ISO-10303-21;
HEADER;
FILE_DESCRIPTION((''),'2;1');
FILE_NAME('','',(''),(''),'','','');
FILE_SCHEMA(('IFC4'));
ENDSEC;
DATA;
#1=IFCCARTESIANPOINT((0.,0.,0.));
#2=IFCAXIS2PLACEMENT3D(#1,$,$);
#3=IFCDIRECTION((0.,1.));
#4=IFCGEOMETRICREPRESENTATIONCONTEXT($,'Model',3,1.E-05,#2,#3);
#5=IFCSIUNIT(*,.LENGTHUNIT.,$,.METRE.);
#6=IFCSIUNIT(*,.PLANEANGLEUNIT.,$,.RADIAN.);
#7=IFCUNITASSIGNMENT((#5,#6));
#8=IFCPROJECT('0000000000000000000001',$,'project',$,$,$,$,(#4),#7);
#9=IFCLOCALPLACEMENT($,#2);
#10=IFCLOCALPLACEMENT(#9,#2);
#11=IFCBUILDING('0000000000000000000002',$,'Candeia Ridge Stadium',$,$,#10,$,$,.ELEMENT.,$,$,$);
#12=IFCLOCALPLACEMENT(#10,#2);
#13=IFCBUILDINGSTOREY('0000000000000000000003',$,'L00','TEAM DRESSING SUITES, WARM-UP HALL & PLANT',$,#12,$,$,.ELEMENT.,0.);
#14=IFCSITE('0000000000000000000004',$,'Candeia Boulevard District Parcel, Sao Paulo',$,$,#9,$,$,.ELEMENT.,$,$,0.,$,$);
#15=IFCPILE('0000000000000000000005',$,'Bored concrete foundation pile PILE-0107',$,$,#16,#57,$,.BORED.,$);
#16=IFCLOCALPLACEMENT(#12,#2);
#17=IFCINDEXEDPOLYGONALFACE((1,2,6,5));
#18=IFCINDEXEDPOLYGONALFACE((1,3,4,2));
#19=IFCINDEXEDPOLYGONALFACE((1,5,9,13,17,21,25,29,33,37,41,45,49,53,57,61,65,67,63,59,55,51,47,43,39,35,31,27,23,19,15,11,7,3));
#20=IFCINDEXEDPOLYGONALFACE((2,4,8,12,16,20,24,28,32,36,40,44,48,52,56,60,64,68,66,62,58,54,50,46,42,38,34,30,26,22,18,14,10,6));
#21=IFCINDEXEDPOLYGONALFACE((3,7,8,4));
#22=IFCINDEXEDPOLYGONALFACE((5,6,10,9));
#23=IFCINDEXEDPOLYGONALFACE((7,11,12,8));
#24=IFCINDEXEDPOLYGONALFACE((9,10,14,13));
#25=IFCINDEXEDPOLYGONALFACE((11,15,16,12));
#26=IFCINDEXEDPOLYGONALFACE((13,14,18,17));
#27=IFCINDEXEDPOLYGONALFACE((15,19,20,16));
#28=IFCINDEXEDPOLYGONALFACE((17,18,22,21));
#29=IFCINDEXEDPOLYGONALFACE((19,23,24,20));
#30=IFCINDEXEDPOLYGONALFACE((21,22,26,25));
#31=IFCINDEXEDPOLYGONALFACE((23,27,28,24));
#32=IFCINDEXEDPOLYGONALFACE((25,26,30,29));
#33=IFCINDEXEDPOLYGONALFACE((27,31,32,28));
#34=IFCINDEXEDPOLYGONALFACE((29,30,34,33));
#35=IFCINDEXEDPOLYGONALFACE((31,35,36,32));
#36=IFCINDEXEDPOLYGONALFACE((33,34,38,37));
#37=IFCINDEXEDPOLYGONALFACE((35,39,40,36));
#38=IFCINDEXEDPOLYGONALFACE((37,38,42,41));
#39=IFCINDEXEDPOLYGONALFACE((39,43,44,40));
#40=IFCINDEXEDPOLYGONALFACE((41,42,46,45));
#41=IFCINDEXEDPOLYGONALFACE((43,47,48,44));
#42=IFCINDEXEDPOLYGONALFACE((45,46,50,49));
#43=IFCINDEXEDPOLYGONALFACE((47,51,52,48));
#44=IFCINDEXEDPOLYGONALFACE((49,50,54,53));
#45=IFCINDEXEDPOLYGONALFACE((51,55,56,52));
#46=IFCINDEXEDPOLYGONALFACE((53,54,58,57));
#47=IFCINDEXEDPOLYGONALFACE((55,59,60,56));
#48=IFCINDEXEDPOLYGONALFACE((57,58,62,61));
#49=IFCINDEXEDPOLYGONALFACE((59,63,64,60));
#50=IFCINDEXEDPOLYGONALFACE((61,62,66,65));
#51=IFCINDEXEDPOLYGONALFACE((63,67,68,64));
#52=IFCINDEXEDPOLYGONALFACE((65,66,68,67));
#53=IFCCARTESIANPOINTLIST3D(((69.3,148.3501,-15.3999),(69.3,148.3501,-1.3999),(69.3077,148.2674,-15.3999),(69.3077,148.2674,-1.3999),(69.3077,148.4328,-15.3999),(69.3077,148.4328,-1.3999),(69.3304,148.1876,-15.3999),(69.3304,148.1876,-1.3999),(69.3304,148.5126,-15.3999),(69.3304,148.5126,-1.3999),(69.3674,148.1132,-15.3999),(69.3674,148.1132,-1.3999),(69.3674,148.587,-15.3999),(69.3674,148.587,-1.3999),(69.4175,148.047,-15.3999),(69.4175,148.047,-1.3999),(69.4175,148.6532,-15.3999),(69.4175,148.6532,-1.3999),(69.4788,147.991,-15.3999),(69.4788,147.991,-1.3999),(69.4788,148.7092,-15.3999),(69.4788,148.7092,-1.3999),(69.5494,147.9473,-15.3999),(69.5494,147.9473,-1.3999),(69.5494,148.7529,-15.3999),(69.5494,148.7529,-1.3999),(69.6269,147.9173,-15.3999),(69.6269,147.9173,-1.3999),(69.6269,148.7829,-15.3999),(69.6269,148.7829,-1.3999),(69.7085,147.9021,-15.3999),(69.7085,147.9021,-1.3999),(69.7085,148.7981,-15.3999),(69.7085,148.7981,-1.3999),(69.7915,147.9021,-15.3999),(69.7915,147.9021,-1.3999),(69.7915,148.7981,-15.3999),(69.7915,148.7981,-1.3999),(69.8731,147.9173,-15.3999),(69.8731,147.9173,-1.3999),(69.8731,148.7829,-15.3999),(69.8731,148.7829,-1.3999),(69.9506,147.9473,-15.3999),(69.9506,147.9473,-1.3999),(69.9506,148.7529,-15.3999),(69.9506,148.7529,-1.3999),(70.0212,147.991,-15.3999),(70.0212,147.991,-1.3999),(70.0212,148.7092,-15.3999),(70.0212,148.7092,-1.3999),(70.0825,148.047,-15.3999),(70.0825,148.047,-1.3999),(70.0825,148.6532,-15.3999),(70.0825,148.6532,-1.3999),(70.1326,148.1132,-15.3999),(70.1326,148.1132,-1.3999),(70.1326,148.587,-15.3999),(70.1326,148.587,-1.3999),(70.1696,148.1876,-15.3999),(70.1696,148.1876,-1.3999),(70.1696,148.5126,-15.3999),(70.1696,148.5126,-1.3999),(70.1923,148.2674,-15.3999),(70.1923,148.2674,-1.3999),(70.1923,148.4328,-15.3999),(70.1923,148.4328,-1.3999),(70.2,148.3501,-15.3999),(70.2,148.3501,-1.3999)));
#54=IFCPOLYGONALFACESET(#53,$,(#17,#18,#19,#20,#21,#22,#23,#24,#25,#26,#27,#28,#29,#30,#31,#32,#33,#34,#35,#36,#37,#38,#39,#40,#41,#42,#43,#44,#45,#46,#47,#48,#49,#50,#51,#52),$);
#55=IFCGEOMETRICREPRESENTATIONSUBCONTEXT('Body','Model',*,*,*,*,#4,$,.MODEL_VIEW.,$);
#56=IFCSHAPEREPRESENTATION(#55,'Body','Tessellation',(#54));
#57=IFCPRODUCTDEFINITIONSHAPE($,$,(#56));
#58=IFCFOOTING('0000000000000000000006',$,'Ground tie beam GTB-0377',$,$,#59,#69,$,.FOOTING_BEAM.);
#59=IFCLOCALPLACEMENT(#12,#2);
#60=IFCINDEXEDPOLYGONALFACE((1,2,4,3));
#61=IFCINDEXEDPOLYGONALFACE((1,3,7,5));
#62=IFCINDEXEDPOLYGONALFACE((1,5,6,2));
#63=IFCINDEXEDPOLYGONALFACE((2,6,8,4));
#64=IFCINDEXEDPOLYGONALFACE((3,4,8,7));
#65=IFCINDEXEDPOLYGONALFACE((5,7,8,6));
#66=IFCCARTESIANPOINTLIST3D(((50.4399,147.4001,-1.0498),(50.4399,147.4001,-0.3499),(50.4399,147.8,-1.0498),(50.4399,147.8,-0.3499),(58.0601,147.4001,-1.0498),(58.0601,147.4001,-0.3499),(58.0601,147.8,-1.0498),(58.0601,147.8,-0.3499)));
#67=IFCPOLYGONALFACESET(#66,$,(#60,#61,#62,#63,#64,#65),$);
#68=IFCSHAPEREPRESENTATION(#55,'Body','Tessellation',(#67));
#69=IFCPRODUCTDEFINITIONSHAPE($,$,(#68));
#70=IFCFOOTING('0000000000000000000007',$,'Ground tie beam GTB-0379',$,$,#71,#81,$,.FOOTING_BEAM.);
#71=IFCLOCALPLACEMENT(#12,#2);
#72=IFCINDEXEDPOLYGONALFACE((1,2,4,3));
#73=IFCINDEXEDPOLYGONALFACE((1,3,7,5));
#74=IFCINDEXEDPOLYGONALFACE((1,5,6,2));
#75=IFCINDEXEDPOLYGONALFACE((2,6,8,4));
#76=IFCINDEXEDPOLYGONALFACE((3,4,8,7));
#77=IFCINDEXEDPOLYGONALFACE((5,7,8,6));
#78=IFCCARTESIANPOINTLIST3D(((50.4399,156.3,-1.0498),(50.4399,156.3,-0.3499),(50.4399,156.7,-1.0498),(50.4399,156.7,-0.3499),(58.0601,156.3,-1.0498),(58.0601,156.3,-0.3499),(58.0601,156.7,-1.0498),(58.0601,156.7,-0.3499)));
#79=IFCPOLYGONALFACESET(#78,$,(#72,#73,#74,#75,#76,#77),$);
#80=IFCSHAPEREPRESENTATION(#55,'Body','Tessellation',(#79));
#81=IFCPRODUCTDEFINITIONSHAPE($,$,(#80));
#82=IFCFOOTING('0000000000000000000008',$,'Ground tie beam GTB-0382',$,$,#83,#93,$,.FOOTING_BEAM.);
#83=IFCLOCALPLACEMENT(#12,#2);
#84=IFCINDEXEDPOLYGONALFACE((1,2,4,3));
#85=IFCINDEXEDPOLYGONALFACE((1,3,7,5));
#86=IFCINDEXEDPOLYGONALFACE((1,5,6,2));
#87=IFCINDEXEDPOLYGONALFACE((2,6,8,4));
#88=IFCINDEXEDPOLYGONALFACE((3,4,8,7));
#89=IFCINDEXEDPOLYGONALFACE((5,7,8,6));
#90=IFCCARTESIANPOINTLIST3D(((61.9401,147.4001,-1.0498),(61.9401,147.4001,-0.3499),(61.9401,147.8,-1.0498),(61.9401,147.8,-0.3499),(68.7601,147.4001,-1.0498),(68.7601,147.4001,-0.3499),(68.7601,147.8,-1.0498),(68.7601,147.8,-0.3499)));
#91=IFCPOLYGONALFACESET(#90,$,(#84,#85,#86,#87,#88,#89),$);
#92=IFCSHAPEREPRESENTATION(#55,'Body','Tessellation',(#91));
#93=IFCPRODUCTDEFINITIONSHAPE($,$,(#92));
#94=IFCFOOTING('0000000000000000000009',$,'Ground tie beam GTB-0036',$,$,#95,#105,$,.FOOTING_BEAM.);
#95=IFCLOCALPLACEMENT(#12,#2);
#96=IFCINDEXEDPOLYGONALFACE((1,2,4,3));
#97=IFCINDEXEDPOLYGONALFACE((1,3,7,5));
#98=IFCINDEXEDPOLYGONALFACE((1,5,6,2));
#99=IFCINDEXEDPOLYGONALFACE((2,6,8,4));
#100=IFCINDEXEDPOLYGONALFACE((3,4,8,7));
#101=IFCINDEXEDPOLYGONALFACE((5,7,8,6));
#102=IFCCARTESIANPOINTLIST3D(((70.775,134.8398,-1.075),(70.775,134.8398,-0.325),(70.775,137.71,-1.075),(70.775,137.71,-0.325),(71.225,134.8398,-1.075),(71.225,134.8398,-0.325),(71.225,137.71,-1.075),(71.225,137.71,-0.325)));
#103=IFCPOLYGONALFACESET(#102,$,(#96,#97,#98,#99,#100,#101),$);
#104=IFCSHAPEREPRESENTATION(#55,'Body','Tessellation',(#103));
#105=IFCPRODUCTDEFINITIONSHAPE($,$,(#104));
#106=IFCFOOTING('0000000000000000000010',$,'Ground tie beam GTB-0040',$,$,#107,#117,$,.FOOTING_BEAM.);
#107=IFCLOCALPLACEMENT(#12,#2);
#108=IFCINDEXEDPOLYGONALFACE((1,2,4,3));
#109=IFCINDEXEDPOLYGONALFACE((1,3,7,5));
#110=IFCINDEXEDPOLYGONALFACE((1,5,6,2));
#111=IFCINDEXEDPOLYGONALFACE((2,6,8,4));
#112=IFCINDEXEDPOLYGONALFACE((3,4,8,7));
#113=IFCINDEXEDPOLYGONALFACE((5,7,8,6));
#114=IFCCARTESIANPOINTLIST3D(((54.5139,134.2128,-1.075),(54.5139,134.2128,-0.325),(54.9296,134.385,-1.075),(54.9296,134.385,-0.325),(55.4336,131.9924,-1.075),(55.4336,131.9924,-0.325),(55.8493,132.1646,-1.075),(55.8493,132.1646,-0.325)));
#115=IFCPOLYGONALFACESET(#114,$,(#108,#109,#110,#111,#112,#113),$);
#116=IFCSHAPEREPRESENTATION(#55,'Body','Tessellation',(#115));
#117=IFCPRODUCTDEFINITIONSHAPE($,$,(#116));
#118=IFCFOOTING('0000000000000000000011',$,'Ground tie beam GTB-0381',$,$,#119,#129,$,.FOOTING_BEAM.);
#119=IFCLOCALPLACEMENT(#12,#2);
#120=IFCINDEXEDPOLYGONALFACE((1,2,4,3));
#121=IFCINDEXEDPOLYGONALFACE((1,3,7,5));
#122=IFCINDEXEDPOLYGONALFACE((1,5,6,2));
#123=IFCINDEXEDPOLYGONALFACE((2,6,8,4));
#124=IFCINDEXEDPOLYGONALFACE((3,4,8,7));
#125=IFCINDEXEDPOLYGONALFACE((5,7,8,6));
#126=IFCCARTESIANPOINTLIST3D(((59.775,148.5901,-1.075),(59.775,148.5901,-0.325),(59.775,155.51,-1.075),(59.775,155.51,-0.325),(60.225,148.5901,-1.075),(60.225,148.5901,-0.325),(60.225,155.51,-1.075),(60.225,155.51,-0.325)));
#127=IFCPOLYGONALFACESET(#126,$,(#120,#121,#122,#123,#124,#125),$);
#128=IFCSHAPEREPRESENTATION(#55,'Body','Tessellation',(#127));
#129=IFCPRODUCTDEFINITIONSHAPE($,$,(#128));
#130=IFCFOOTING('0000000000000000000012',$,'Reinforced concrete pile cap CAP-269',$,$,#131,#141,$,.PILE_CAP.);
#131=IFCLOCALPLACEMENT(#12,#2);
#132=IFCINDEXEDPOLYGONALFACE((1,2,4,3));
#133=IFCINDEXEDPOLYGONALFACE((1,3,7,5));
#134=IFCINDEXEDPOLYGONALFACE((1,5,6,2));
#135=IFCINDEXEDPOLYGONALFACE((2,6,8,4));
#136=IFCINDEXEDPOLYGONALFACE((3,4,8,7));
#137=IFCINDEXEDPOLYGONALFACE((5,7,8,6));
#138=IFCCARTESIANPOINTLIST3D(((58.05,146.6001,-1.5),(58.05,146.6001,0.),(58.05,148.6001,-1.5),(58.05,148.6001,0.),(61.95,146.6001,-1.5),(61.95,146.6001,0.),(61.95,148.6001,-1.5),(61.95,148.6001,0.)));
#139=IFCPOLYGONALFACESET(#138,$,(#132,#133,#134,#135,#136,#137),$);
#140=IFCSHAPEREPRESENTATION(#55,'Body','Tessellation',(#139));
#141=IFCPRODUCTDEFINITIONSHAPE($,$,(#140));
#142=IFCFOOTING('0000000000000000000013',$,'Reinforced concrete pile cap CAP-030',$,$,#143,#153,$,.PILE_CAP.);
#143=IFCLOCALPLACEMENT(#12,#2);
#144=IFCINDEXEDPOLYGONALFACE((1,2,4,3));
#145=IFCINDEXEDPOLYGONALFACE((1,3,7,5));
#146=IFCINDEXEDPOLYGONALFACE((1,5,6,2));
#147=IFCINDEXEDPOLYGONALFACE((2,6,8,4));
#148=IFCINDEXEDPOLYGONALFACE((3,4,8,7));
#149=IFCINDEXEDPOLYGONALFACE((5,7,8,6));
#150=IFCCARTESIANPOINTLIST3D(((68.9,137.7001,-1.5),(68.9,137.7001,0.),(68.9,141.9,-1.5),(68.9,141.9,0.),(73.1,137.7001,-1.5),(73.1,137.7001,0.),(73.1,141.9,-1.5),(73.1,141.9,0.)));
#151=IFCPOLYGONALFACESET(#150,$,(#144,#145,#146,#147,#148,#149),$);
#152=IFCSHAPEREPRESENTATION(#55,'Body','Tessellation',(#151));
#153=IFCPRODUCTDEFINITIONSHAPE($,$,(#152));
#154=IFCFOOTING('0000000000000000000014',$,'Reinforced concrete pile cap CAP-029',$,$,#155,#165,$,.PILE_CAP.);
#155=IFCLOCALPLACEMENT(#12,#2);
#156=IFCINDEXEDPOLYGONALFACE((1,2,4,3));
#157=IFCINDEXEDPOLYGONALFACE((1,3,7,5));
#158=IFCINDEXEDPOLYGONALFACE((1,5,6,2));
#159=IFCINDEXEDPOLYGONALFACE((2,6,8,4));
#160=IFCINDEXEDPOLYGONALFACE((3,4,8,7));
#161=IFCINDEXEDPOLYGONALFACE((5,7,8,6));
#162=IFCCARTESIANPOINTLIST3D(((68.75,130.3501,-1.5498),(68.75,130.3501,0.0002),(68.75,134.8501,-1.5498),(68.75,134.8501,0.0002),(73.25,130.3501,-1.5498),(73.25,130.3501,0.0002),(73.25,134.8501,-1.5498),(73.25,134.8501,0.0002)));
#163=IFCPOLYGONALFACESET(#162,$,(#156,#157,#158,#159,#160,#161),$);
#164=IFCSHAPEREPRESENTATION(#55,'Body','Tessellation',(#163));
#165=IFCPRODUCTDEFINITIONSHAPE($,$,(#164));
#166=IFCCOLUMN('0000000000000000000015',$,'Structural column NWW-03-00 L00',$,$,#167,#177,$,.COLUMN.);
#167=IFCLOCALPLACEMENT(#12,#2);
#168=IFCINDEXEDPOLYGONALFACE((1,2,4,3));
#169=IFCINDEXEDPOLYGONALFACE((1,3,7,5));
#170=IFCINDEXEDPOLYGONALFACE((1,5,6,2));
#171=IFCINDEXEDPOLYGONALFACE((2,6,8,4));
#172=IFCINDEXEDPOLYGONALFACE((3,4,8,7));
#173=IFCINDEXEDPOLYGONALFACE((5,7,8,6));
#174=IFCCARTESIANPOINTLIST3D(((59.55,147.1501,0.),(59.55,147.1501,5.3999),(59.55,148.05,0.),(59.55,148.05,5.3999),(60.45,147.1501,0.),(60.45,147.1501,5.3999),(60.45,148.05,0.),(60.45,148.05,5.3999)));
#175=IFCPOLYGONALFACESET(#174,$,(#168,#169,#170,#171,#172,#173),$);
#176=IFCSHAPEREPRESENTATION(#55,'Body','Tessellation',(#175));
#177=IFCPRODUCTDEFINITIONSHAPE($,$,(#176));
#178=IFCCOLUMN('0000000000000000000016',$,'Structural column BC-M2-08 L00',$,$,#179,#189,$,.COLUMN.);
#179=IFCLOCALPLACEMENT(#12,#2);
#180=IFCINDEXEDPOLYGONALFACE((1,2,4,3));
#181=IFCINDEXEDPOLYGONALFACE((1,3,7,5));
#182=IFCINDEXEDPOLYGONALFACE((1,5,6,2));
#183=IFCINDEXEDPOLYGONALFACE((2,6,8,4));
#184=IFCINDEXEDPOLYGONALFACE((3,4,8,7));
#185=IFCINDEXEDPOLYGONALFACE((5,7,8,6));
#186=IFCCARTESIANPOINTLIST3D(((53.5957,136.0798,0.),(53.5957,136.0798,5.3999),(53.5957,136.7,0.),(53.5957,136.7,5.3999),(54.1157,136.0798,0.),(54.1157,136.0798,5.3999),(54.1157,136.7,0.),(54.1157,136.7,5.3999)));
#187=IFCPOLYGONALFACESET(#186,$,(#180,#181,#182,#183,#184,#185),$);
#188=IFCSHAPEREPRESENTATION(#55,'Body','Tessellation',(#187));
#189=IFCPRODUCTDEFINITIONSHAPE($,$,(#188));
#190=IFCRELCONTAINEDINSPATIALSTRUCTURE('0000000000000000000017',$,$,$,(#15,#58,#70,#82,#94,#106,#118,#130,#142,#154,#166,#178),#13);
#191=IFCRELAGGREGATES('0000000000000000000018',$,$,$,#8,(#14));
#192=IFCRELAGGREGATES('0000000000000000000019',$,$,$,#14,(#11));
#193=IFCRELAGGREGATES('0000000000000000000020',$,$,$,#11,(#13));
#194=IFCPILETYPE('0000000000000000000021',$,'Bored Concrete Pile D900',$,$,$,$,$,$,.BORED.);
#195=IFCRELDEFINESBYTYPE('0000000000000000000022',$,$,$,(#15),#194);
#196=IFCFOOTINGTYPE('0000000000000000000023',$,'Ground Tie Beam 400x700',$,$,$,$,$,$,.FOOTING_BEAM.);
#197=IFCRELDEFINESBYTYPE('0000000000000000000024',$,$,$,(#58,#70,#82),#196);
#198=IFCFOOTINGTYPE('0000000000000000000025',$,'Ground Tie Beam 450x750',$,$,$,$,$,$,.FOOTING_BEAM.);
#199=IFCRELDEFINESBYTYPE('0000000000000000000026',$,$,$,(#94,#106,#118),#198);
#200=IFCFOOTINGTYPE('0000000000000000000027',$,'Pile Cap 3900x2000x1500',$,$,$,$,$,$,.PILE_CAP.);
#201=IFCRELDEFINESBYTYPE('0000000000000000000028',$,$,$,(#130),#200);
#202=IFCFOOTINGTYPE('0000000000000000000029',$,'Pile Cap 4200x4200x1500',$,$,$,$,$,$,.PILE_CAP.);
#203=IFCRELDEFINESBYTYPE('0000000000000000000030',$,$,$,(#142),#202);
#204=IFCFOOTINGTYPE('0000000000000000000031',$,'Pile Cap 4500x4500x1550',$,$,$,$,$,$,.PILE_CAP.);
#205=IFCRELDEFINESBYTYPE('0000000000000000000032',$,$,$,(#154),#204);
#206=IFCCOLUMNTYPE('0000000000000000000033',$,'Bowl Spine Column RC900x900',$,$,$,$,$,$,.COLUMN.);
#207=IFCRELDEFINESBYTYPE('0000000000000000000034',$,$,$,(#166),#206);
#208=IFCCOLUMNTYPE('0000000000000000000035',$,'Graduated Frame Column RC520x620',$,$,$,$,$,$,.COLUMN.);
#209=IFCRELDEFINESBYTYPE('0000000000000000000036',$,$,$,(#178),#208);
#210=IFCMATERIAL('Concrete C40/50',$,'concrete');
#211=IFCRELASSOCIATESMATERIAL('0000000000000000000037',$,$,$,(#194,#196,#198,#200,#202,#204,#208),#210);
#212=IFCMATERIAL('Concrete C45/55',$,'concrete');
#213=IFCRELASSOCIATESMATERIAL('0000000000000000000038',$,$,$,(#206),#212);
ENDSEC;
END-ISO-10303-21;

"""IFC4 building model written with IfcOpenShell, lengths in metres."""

from ifc_helpers import new_model, si_unit, direction, frame, origin, origin_2d, place, context, subcontext, project, spatial, rectangle, circle, extrude, material, material_profile, profile_set, type_object, element, save


model = new_model("IFC4")

# Units and contexts
model_context = context("Model", 3, precision=1e-05, world=origin(), true_north=direction((0.0, 1.0)))
body_context = subcontext(model_context, "Body", "Model", "MODEL_VIEW")
ifc_project = project(units=[si_unit("LENGTHUNIT", "METRE"), si_unit("PLANEANGLEUNIT", "RADIAN")], contexts=[model_context])

# Site, building, storey
site_placement = place(None, origin())
site = spatial("IfcSite", under=ifc_project, at=site_placement, Name="Candeia Boulevard District Parcel, Sao Paulo", CompositionType="ELEMENT", RefElevation=0.0)
building_placement = place(site_placement, origin())
building = spatial("IfcBuilding", under=site, at=building_placement, Name="Candeia Ridge Stadium", CompositionType="ELEMENT")
storey_placement = place(building_placement, origin())
storey = spatial("IfcBuildingStorey", under=building, at=storey_placement, Name="L00", Description="TEAM DRESSING SUITES, WARM-UP HALL & PLANT", CompositionType="ELEMENT", Elevation=0.0)

# Pile
ifc_material_1 = material(Name="Concrete C40/50", Category="concrete")
ifc_material_profile_1 = material_profile(ifc_material_1, circle(Radius=0.45, at=origin_2d()), Name="PILE-D900", Category="concrete")
ifc_profile_set_1 = profile_set([ifc_material_profile_1], Name="Concrete C40/50")
pile_type_1 = type_object("IfcPileType", Name="Bored Concrete Pile D900", PredefinedType="BORED", material=ifc_profile_set_1)
for number, where, z_axis, x_axis, name in (
    (1, (69.75, 148.3501, -1.3999), (0.0, 0.0, -1.0), (1.0, 0.0, 0.0), "Bored concrete foundation pile PILE-0107"),
):
    element("IfcPile", number, at=place(storey_placement, frame(where, z_axis=z_axis, x_axis=x_axis)), inside=storey, type_object=pile_type_1, Name=name, PredefinedType="BORED", context=body_context, shape_type="SweptSolid", body=[
        extrude(circle(Radius=0.45, at=origin_2d()), origin(), (0.0, 0.0, 1.0), 14.0),
    ])

# Footings
footing_type_1 = type_object("IfcFootingType", Name="Ground Tie Beam 400x700", PredefinedType="FOOTING_BEAM", material=ifc_material_1)
for number, where, z_axis, x_axis, name in (
    (2, (54.25, 147.6001, -1.0498), (0.0, 0.0, 1.0), (1.0, 0.0, 0.0), "Ground tie beam GTB-0377"),
    (3, (54.25, 156.5, -1.0498), (0.0, 0.0, 1.0), (1.0, 0.0, 0.0), "Ground tie beam GTB-0379"),
):
    element("IfcFooting", number, at=place(storey_placement, frame(where, z_axis=z_axis, x_axis=x_axis)), inside=storey, type_object=footing_type_1, Name=name, PredefinedType="FOOTING_BEAM", context=body_context, shape_type="SweptSolid", body=[
        extrude(rectangle(XDim=7.6201, YDim=0.3999, at=origin_2d()), origin(), (0.0, 0.0, 1.0), 0.7),
    ])
footing_1_placement = place(storey_placement, frame((65.3501, 147.6001, -1.0498), z_axis=(0.0, 0.0, 1.0), x_axis=(1.0, 0.0, 0.0)))
element("IfcFooting", 4, at=footing_1_placement, inside=storey, type_object=footing_type_1, Name="Ground tie beam GTB-0382", PredefinedType="FOOTING_BEAM", context=body_context, shape_type="SweptSolid", body=[
    extrude(rectangle(XDim=6.8201, YDim=0.3999, at=origin_2d()), origin(), (0.0, 0.0, 1.0), 0.7),
])
footing_type_2 = type_object("IfcFootingType", Name="Ground Tie Beam 450x750", PredefinedType="FOOTING_BEAM", material=ifc_material_1)
footing_2_placement = place(storey_placement, frame((71.0, 136.2749, -1.075), z_axis=(0.0, 0.0, 1.0), x_axis=(0.0, 1.0, 0.0)))
element("IfcFooting", 5, at=footing_2_placement, inside=storey, type_object=footing_type_2, Name="Ground tie beam GTB-0036", PredefinedType="FOOTING_BEAM", context=body_context, shape_type="SweptSolid", body=[
    extrude(rectangle(XDim=2.8701, YDim=0.45, at=origin_2d()), origin(), (0.0, 0.0, 1.0), 0.75),
])
footing_3_placement = place(storey_placement, frame((55.1816, 133.1887, -1.075), z_axis=(0.0, 0.0, 1.0), x_axis=(-0.382676, 0.923882, 0.0)))
element("IfcFooting", 6, at=footing_3_placement, inside=storey, type_object=footing_type_2, Name="Ground tie beam GTB-0040", PredefinedType="FOOTING_BEAM", context=body_context, shape_type="SweptSolid", body=[
    extrude(rectangle(XDim=2.4033, YDim=0.45, at=origin_2d()), origin(), (0.0, 0.0, 1.0), 0.75),
])
footing_4_placement = place(storey_placement, frame((60.0, 152.05, -1.075), z_axis=(0.0, 0.0, 1.0), x_axis=(0.0, 1.0, 0.0)))
element("IfcFooting", 7, at=footing_4_placement, inside=storey, type_object=footing_type_2, Name="Ground tie beam GTB-0381", PredefinedType="FOOTING_BEAM", context=body_context, shape_type="SweptSolid", body=[
    extrude(rectangle(XDim=6.9199, YDim=0.45, at=origin_2d()), origin(), (0.0, 0.0, 1.0), 0.75),
])
footing_type_3 = type_object("IfcFootingType", Name="Pile Cap 3900x2000x1500", PredefinedType="PILE_CAP", material=ifc_material_1)
footing_5_placement = place(storey_placement, frame((60.0, 147.6001, -1.5), z_axis=(0.0, 0.0, 1.0), x_axis=(1.0, 0.0, 0.0)))
element("IfcFooting", 8, at=footing_5_placement, inside=storey, type_object=footing_type_3, Name="Reinforced concrete pile cap CAP-269", PredefinedType="PILE_CAP", context=body_context, shape_type="SweptSolid", body=[
    extrude(rectangle(XDim=3.8999, YDim=2.0, at=origin_2d()), origin(), (0.0, 0.0, 1.0), 1.5),
])
footing_type_4 = type_object("IfcFootingType", Name="Pile Cap 4200x4200x1500", PredefinedType="PILE_CAP", material=ifc_material_1)
footing_6_placement = place(storey_placement, frame((71.0, 139.8, -1.5), z_axis=(0.0, 0.0, 1.0), x_axis=(1.0, 0.0, 0.0)))
element("IfcFooting", 9, at=footing_6_placement, inside=storey, type_object=footing_type_4, Name="Reinforced concrete pile cap CAP-030", PredefinedType="PILE_CAP", context=body_context, shape_type="SweptSolid", body=[
    extrude(rectangle(XDim=4.2, YDim=4.2, at=origin_2d()), origin(), (0.0, 0.0, 1.0), 1.5),
])
footing_type_5 = type_object("IfcFootingType", Name="Pile Cap 4500x4500x1550", PredefinedType="PILE_CAP", material=ifc_material_1)
footing_7_placement = place(storey_placement, frame((71.0, 132.6001, -1.5498), z_axis=(0.0, 0.0, 1.0), x_axis=(1.0, 0.0, 0.0)))
element("IfcFooting", 10, at=footing_7_placement, inside=storey, type_object=footing_type_5, Name="Reinforced concrete pile cap CAP-029", PredefinedType="PILE_CAP", context=body_context, shape_type="SweptSolid", body=[
    extrude(rectangle(XDim=4.5, YDim=4.5, at=origin_2d()), origin(), (0.0, 0.0, 1.0), 1.55),
])

# Columns
ifc_material_2 = material(Name="Concrete C45/55", Category="concrete")
ifc_material_profile_2 = material_profile(ifc_material_2, rectangle(XDim=0.8999, YDim=0.8999, at=origin_2d()), Name="RC900x900", Category="concrete")
ifc_profile_set_2 = profile_set([ifc_material_profile_2], Name="Concrete C45/55")
column_type_1 = type_object("IfcColumnType", Name="Bowl Spine Column RC900x900", PredefinedType="COLUMN", material=ifc_profile_set_2)
column_1_placement = place(storey_placement, frame((60.0, 147.6001, 0.0), z_axis=(0.0, 0.0, 1.0), x_axis=(1.0, 0.0, 0.0)))
element("IfcColumn", 11, at=column_1_placement, inside=storey, type_object=column_type_1, Name="Structural column NWW-03-00 L00", PredefinedType="COLUMN", context=body_context, shape_type="SweptSolid", body=[
    extrude(rectangle(XDim=0.8999, YDim=0.8999, at=origin_2d()), origin(), (0.0, 0.0, 1.0), 5.3999),
])
ifc_material_profile_3 = material_profile(ifc_material_1, rectangle(XDim=0.52, YDim=0.6201, at=origin_2d()), Name="RC520x620", Category="concrete")
ifc_profile_set_3 = profile_set([ifc_material_profile_3], Name="Concrete C40/50")
column_type_2 = type_object("IfcColumnType", Name="Graduated Frame Column RC520x620", PredefinedType="COLUMN", material=ifc_profile_set_3)
column_2_placement = place(storey_placement, frame((53.8557, 136.3899, 0.0), z_axis=(0.0, 0.0, 1.0), x_axis=(1.0, 0.0, 0.0)))
element("IfcColumn", 12, at=column_2_placement, inside=storey, type_object=column_type_2, Name="Structural column BC-M2-08 L00", PredefinedType="COLUMN", context=body_context, shape_type="SweptSolid", body=[
    extrude(rectangle(XDim=0.52, YDim=0.6201, at=origin_2d()), origin(), (0.0, 0.0, 1.0), 5.3999),
])

save(model, "model.ifc")
